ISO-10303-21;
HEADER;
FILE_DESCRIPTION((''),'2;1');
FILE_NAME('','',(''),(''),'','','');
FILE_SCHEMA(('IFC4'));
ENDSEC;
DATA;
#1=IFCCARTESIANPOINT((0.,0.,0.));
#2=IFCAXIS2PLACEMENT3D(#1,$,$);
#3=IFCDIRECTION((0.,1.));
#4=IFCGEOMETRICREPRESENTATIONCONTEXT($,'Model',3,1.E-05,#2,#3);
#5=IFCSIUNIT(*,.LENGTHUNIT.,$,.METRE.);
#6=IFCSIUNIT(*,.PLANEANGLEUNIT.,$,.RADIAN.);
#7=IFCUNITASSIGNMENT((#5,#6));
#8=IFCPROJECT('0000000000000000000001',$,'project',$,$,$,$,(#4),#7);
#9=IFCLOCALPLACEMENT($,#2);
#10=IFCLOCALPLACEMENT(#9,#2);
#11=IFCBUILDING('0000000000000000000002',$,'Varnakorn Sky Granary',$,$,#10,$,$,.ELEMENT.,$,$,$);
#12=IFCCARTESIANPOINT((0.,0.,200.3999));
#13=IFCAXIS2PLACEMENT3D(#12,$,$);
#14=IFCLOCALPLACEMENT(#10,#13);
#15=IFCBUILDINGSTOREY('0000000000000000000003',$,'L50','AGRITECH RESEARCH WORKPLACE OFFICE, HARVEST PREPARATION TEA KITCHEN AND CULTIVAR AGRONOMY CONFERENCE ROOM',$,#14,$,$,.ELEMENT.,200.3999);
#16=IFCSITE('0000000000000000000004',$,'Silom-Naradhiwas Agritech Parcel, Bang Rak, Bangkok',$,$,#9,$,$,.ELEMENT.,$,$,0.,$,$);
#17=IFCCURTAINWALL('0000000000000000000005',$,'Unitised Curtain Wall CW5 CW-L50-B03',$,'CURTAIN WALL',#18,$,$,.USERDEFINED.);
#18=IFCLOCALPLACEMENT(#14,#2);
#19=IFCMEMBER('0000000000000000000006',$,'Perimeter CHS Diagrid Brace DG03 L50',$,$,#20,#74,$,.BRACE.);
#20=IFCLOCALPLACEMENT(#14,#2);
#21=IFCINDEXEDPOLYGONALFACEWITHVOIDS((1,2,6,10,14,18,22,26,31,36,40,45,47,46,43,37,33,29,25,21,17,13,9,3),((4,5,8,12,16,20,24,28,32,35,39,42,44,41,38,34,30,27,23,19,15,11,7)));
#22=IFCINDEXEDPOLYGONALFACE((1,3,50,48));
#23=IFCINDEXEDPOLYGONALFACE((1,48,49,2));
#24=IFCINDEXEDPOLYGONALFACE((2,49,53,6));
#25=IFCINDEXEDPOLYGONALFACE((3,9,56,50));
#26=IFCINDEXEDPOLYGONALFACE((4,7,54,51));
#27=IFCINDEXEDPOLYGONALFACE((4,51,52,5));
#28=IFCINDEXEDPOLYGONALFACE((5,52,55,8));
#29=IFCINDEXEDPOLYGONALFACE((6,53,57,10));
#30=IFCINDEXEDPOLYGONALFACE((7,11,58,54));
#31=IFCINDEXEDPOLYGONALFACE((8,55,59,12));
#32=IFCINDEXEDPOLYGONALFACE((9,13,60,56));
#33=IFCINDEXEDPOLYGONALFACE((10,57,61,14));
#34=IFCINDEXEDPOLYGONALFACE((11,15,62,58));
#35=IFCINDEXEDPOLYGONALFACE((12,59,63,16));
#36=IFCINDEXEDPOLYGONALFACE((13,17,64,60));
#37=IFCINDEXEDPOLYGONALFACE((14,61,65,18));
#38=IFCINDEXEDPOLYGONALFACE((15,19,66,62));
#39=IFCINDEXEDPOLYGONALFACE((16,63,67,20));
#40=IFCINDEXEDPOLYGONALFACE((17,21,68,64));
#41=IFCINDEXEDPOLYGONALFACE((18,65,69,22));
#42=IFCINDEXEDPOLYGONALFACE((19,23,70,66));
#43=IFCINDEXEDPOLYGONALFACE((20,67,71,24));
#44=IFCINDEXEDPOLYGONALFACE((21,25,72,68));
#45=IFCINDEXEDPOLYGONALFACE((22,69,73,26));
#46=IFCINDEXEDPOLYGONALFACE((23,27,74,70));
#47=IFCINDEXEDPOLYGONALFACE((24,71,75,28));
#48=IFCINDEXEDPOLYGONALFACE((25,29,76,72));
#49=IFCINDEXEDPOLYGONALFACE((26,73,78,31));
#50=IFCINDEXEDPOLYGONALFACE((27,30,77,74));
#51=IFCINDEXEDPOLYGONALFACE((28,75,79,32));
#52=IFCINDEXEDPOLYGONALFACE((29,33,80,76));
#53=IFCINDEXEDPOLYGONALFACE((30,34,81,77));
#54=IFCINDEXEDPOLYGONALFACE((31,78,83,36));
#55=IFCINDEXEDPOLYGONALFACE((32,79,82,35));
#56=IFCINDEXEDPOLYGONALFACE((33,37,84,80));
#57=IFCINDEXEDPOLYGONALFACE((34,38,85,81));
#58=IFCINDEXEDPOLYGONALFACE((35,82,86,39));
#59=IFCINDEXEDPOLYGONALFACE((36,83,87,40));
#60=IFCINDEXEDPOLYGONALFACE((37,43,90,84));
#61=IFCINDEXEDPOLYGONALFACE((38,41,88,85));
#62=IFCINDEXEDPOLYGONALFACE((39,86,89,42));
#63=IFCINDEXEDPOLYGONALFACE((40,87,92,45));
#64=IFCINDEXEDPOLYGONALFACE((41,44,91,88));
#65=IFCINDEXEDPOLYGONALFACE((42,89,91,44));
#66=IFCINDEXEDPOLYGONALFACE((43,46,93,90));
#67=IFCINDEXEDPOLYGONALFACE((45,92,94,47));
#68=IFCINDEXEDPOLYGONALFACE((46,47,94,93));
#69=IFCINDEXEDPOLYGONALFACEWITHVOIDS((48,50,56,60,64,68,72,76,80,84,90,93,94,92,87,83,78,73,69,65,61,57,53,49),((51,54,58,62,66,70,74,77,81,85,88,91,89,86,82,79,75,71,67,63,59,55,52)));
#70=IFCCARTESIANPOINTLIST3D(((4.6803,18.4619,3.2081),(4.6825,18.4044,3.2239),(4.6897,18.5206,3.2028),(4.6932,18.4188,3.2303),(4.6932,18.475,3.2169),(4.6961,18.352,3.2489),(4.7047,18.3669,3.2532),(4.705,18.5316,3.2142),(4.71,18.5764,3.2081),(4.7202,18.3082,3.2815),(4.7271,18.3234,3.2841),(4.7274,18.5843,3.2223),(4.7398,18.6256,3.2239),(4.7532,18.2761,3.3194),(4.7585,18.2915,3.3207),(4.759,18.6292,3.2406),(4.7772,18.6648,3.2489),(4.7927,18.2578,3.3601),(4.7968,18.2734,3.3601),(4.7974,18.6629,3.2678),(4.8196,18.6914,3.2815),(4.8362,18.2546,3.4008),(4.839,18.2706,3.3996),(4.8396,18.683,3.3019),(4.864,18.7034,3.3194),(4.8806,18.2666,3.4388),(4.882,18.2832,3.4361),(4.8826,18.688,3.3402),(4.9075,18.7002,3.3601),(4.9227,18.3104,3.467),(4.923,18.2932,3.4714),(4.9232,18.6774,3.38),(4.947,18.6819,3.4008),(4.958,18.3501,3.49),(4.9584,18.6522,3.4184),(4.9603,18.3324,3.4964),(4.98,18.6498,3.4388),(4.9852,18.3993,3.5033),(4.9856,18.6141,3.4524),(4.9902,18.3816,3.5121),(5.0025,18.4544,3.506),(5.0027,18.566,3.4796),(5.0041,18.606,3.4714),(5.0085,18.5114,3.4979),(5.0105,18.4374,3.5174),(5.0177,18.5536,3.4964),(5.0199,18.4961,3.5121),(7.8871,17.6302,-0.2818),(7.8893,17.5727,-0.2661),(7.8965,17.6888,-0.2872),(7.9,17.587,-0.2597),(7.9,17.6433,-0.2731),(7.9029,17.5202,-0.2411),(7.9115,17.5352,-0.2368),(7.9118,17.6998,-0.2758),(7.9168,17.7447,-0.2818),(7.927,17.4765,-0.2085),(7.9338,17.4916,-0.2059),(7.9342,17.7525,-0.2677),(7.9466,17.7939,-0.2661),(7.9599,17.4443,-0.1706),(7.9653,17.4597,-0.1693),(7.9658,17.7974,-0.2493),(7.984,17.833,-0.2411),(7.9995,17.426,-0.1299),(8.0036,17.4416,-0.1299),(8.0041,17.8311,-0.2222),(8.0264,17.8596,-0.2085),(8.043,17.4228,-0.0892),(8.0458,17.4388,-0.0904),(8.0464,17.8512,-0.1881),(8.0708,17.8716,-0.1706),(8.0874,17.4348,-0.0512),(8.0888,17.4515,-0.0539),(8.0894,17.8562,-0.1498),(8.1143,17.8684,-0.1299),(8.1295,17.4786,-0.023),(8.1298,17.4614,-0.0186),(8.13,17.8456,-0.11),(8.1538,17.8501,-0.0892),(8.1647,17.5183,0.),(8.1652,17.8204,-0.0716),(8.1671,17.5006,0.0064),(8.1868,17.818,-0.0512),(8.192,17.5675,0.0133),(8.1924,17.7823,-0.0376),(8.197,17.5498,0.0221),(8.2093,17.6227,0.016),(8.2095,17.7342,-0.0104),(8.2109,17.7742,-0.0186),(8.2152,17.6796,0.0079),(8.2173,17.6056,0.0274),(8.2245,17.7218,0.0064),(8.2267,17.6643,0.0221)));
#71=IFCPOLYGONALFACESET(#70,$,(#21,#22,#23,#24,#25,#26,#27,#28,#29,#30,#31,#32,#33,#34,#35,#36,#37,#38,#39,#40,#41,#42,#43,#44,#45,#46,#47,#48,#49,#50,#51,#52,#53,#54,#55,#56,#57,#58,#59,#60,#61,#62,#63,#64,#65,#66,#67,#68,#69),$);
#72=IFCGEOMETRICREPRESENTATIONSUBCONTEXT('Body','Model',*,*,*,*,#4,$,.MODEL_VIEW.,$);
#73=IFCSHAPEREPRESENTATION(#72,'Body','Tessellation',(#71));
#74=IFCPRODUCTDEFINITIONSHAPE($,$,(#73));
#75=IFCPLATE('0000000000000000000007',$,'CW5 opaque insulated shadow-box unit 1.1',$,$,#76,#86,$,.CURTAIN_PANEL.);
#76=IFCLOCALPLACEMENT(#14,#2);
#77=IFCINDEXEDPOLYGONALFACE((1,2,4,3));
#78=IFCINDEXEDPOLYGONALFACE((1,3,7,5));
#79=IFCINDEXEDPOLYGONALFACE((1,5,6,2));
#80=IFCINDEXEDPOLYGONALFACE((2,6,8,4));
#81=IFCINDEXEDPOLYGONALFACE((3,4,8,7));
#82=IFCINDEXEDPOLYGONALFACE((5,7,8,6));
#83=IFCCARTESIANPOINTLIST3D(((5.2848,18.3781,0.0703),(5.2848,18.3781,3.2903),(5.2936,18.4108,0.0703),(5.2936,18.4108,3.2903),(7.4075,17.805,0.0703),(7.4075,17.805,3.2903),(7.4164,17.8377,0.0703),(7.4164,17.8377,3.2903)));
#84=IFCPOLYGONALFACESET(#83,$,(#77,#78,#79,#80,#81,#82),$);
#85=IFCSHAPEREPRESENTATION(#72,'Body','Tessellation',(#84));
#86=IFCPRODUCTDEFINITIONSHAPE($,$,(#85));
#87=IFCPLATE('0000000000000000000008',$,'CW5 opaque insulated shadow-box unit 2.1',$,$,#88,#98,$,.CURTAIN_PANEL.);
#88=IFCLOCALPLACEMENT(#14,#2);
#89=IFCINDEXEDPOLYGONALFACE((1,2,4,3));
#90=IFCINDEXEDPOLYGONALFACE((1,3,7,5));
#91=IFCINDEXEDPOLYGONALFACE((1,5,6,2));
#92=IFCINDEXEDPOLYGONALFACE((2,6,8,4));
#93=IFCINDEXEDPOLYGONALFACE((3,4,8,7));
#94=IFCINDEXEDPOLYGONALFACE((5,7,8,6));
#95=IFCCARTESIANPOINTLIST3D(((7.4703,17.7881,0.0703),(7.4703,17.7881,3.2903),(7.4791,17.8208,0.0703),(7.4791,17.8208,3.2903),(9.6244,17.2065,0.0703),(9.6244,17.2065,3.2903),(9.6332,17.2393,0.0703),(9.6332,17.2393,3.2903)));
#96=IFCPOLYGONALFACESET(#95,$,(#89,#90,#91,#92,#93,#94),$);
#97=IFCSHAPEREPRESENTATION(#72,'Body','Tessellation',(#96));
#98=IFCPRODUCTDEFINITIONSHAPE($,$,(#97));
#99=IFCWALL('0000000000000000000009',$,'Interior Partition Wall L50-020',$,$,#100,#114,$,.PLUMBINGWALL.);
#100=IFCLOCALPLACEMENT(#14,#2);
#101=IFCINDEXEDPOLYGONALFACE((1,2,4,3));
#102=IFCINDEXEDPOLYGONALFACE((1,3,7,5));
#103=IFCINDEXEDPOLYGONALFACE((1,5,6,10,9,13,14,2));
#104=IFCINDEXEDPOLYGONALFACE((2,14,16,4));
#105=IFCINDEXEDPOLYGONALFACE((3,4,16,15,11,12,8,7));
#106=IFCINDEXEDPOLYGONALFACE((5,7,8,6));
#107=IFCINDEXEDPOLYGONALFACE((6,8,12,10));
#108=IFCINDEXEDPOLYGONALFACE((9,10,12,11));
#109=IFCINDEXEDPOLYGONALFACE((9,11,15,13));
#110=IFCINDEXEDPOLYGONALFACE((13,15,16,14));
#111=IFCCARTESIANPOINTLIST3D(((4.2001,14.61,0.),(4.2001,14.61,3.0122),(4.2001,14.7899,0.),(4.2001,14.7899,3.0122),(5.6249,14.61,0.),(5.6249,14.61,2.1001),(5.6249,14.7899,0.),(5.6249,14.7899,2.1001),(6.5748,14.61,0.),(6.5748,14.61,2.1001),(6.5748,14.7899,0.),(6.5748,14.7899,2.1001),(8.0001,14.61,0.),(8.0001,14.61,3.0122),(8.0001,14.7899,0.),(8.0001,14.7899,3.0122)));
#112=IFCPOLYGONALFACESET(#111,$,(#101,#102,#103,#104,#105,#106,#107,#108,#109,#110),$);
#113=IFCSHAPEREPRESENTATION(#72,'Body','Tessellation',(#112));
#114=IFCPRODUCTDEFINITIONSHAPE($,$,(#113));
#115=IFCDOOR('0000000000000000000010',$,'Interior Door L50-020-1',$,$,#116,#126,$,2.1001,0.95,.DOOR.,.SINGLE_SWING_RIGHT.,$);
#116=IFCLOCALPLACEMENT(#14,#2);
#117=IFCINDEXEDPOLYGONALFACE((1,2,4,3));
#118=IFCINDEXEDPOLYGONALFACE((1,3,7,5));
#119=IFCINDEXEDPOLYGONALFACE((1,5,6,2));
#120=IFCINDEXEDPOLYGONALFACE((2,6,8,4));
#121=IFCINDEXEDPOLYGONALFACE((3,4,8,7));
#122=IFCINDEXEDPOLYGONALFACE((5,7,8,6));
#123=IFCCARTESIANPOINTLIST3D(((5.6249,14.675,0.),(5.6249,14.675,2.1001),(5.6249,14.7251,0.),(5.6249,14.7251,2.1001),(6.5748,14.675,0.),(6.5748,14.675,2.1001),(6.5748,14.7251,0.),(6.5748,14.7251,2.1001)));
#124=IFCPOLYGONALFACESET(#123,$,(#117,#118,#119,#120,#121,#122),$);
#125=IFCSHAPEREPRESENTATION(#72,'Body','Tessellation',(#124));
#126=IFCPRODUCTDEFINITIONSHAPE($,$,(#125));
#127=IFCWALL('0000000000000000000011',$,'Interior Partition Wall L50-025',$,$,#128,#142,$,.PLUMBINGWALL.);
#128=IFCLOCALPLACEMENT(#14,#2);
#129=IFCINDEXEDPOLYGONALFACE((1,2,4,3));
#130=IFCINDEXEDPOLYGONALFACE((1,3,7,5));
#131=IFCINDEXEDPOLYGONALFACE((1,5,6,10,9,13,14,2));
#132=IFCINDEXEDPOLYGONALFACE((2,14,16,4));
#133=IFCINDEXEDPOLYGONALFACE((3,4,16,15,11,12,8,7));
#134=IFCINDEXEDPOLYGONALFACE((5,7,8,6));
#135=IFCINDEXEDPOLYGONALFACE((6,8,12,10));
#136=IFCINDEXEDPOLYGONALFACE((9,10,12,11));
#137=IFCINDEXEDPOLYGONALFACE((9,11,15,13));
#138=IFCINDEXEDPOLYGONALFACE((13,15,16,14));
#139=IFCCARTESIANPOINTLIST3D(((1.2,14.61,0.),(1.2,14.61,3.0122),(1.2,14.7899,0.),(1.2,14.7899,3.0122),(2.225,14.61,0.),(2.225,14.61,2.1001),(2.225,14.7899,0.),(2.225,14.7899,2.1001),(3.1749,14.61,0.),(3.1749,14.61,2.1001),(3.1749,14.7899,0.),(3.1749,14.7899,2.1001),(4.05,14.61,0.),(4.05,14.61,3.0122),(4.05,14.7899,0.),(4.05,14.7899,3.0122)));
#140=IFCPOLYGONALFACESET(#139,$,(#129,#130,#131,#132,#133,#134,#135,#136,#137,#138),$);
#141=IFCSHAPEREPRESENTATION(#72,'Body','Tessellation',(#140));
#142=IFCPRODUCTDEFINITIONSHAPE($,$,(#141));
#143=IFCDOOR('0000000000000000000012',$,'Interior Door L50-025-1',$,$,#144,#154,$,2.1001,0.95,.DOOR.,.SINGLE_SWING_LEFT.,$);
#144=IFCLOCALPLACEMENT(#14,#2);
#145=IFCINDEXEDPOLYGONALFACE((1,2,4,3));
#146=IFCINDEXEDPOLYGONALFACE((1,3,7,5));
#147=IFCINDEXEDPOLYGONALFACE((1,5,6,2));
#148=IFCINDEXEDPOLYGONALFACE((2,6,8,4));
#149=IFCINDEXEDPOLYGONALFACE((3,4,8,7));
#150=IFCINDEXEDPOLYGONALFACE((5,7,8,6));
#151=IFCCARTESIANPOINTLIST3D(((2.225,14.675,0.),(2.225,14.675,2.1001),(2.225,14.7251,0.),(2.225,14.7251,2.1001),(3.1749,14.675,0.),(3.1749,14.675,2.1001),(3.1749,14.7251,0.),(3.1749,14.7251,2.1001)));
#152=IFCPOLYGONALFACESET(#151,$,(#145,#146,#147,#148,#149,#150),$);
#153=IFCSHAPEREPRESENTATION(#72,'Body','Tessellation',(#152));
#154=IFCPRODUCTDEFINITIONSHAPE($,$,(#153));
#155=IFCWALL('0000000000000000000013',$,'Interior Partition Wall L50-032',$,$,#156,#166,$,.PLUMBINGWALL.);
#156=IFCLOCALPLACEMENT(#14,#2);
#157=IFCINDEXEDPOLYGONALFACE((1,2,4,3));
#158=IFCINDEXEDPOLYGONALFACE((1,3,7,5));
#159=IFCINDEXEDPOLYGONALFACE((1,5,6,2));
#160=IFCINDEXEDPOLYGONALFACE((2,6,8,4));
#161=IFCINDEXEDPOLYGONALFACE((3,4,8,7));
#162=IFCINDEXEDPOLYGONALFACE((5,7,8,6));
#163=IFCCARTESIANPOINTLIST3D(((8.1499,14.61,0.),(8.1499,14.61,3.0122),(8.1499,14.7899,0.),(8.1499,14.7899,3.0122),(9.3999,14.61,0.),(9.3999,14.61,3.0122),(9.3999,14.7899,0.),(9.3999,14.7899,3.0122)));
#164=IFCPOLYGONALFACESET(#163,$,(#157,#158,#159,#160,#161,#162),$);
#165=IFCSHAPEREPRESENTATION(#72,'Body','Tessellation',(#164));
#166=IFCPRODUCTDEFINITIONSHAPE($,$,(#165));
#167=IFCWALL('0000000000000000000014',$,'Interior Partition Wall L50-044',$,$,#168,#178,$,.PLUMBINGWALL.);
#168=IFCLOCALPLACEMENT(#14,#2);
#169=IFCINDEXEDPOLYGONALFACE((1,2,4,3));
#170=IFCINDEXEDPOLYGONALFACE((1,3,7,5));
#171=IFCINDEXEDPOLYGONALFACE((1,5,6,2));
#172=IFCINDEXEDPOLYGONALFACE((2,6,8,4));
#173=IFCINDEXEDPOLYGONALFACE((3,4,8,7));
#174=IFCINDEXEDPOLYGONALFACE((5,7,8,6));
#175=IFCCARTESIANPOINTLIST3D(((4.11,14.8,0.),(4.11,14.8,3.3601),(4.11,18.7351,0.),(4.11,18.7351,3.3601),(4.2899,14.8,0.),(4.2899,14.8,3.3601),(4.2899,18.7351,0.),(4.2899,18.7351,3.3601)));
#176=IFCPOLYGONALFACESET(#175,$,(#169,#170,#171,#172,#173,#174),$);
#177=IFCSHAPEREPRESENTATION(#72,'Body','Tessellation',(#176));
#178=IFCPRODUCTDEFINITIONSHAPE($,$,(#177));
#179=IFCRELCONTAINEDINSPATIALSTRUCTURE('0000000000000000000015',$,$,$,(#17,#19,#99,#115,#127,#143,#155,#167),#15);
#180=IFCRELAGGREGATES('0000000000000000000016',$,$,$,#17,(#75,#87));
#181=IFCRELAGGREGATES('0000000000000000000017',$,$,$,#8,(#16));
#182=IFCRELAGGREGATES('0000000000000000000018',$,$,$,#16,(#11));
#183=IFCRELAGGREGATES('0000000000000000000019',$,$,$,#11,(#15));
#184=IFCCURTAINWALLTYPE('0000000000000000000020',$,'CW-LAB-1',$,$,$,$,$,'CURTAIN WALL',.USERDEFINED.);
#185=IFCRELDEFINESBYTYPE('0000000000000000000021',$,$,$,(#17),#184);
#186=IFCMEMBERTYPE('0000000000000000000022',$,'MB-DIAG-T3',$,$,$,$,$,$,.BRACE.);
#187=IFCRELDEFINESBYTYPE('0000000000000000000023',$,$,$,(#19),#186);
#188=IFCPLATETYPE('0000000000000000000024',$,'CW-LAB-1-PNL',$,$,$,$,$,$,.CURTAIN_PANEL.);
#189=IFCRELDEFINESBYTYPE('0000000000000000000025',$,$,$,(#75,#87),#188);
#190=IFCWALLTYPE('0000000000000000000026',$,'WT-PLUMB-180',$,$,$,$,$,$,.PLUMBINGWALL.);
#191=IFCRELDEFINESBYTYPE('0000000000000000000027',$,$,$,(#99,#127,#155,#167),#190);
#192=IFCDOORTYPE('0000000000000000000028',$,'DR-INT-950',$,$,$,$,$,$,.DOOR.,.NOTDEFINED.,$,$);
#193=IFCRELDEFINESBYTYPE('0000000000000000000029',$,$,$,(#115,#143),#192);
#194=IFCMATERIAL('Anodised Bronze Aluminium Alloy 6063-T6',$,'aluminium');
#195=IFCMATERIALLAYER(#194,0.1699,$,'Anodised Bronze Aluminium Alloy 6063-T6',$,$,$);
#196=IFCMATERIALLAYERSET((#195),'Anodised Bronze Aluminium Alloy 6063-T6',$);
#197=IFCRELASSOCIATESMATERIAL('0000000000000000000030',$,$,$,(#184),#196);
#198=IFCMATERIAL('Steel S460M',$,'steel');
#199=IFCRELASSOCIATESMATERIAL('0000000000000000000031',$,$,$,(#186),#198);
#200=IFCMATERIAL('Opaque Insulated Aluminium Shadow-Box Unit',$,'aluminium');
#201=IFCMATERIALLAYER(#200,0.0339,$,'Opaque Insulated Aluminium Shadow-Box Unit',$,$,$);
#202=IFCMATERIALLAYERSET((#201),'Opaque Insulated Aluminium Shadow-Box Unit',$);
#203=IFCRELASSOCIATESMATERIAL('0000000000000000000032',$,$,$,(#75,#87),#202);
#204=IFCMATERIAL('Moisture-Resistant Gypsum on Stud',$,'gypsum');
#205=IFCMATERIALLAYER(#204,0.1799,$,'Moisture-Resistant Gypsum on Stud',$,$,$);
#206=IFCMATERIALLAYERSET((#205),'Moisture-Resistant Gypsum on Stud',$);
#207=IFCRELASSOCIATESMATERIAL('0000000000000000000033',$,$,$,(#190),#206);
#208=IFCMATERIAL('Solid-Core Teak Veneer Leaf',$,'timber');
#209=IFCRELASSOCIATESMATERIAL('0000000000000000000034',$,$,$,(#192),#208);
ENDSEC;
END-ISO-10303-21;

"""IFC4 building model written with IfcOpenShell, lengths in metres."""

from ifc_helpers import new_model, si_unit, direction, frame, frame_2d, origin, origin_2d, place, context, subcontext, project, spatial, rectangle, hollow_circle, extrude, source, transform, mapped, material, layer, layer_set, material_profile, profile_set, type_object, type_shapes, element, fill, aggregate, save


model = new_model("IFC4")

# Units and contexts
model_context = context("Model", 3, precision=1e-05, world=origin(), true_north=direction((0.0, 1.0)))
body_context = subcontext(model_context, "Body", "Model", "MODEL_VIEW")
ifc_project = project(units=[si_unit("LENGTHUNIT", "METRE"), si_unit("PLANEANGLEUNIT", "RADIAN")], contexts=[model_context])

# Site, building, storey
site_placement = place(None, origin())
site = spatial("IfcSite", under=ifc_project, at=site_placement, Name="Silom-Naradhiwas Agritech Parcel, Bang Rak, Bangkok", CompositionType="ELEMENT", RefElevation=0.0)
building_placement = place(site_placement, origin())
building = spatial("IfcBuilding", under=site, at=building_placement, Name="Varnakorn Sky Granary", CompositionType="ELEMENT")
storey_placement = place(building_placement, frame((0.0, 0.0, 200.3999)))
storey = spatial("IfcBuildingStorey", under=building, at=storey_placement, Name="L50", Description="AGRITECH RESEARCH WORKPLACE OFFICE, HARVEST PREPARATION TEA KITCHEN AND CULTIVAR AGRONOMY CONFERENCE ROOM", CompositionType="ELEMENT", Elevation=200.3999)

# Shared definitions
ifc_material_1 = material(Name="Steel S460M", Category="steel")

# Curtain wall
ifc_material_2 = material(Name="Anodised Bronze Aluminium Alloy 6063-T6", Category="aluminium")
ifc_layer_1 = layer(ifc_material_2, 0.1699, Name="Anodised Bronze Aluminium Alloy 6063-T6")
ifc_layer_set_1 = layer_set([ifc_layer_1], Name="Anodised Bronze Aluminium Alloy 6063-T6")
curtain_wall_type = type_object("IfcCurtainWallType", Name="CW-LAB-1", ElementType="CURTAIN WALL", PredefinedType="USERDEFINED", material=ifc_layer_set_1)
curtain_wall_1_placement = place(storey_placement, origin())
curtain_wall_1 = element("IfcCurtainWall", 1, at=curtain_wall_1_placement, inside=storey, type_object=curtain_wall_type, Name="Unitised Curtain Wall CW5 CW-L50-B03", ObjectType="CURTAIN WALL", PredefinedType="USERDEFINED")

# Member
ifc_material_profile_1 = material_profile(ifc_material_1, hollow_circle(Radius=0.2285, WallThickness=0.0161, at=origin_2d()), Name="CHS 457x16")
ifc_profile_set_1 = profile_set([ifc_material_profile_1], Name="Steel S460M")
member_type_1 = type_object("IfcMemberType", Name="MB-DIAG-T3", PredefinedType="BRACE", material=ifc_profile_set_1)
member_1_placement = place(storey_placement, frame((8.0569, 17.6472, -0.1299), z_axis=(-0.666414, 0.172857, 0.725267), x_axis=(-0.251075, -0.967968, 0.0)))
element("IfcMember", 2, at=member_1_placement, inside=storey, type_object=member_type_1, Name="Perimeter CHS Diagrid Brace DG03 L50", PredefinedType="BRACE", context=body_context, shape_type="SweptSolid", body=[
    extrude(hollow_circle(Radius=0.2285, WallThickness=0.0161, at=origin_2d()), origin(), (0.0, 0.0, 1.0), 4.812),
])

# Plates
ifc_material_3 = material(Name="Opaque Insulated Aluminium Shadow-Box Unit", Category="aluminium")
ifc_layer_2 = layer(ifc_material_3, 0.0339, Name="Opaque Insulated Aluminium Shadow-Box Unit")
ifc_layer_set_2 = layer_set([ifc_layer_2], Name="Opaque Insulated Aluminium Shadow-Box Unit")
plate_type = type_object("IfcPlateType", Name="CW-LAB-1-PNL", PredefinedType="CURTAIN_PANEL")
shared_shape_1 = source(origin(), body_context, "Body", "SweptSolid", [
    extrude(rectangle(XDim=2.1987, YDim=0.0339, at=origin_2d()), origin(), (0.0, 0.0, 1.0), 3.22),
])
plate_1_placement = place(storey_placement, frame((6.3506, 18.1079, 0.0703), z_axis=(0.0, 0.0, 1.0), x_axis=(0.965435, -0.260643, 0.0)))
plate_1 = element("IfcPlate", 3, at=plate_1_placement, type_object=plate_type, material=ifc_layer_set_2, Name="CW5 opaque insulated shadow-box unit 1.1", PredefinedType="CURTAIN_PANEL", context=body_context, shape_type="MappedRepresentation", body=[
    mapped(shared_shape_1, transform((0.0, 0.0, 0.0), x_axis=(1.0, 0.0, 0.0), y_axis=(0.0, 1.0, 0.0), z_axis=(0.0, 0.0, 1.0), scale=1.0)),
])
shared_shape_2 = source(origin(), body_context, "Body", "SweptSolid", [
    extrude(rectangle(XDim=2.2312, YDim=0.0339, at=origin_2d()), origin(), (0.0, 0.0, 1.0), 3.22),
])
type_shapes(plate_type, [shared_shape_1, shared_shape_2])
plate_2_placement = place(storey_placement, frame((8.5518, 17.5137, 0.0703), z_axis=(0.0, 0.0, 1.0), x_axis=(0.965435, -0.260643, 0.0)))
plate_2 = element("IfcPlate", 4, at=plate_2_placement, type_object=plate_type, material=ifc_layer_set_2, Name="CW5 opaque insulated shadow-box unit 2.1", PredefinedType="CURTAIN_PANEL", context=body_context, shape_type="MappedRepresentation", body=[
    mapped(shared_shape_2, transform((0.0, 0.0, 0.0), x_axis=(1.0, 0.0, 0.0), y_axis=(0.0, 1.0, 0.0), z_axis=(0.0, 0.0, 1.0), scale=1.0)),
])
aggregate(curtain_wall_1, [plate_1, plate_2])

# Walls, openings, doors
ifc_material_4 = material(Name="Moisture-Resistant Gypsum on Stud", Category="gypsum")
ifc_layer_3 = layer(ifc_material_4, 0.1799, Name="Moisture-Resistant Gypsum on Stud")
ifc_layer_set_3 = layer_set([ifc_layer_3], Name="Moisture-Resistant Gypsum on Stud")
wall_type = type_object("IfcWallType", Name="WT-PLUMB-180", PredefinedType="PLUMBINGWALL", material=ifc_layer_set_3)
wall_1_placement = place(storey_placement, frame((8.0, 14.7, 0.0), z_axis=(0.0, 0.0, 1.0), x_axis=(-1.0, 0.0, 0.0)))
wall_1 = element("IfcWall", 5, at=wall_1_placement, inside=storey, type_object=wall_type, Name="Interior Partition Wall L50-020", PredefinedType="PLUMBINGWALL", context=body_context, shape_type="SweptSolid", body=[
    extrude(rectangle(XDim=3.8, YDim=0.1799, at=frame_2d((1.8999, 0.0))), origin(), (0.0, 0.0, 1.0), 3.0122),
])
opening_1_placement = place(wall_1_placement, frame((1.425, 0.0, 0.0)))
opening_1 = element("IfcOpeningElement", 6, at=opening_1_placement, cuts=wall_1, PredefinedType="OPENING", context=body_context, shape_type="SweptSolid", body=[
    extrude(rectangle(XDim=0.95, YDim=2.1001, at=frame_2d((0.4751, 1.05))), frame((0.0, 0.1001, 0.0), z_axis=(0.0, -1.0, 0.0), x_axis=(1.0, 0.0, 0.0)), (0.0, 0.0, 1.0), 0.2),
])
ifc_material_5 = material(Name="Solid-Core Teak Veneer Leaf", Category="timber")
door_type = type_object("IfcDoorType", Name="DR-INT-950", OperationType="NOTDEFINED", PredefinedType="DOOR", material=ifc_material_5)
door_1_placement = place(opening_1_placement, origin())
door_1 = element("IfcDoor", 7, at=door_1_placement, inside=storey, type_object=door_type, Name="Interior Door L50-020-1", OperationType="SINGLE_SWING_RIGHT", OverallHeight=2.1001, OverallWidth=0.95, PredefinedType="DOOR", context=body_context, shape_type="SweptSolid", body=[
    extrude(rectangle(XDim=0.95, YDim=2.1001, at=frame_2d((0.4751, 1.05))), frame((0.0, 0.0249, 0.0), z_axis=(0.0, -1.0, 0.0), x_axis=(1.0, 0.0, 0.0)), (0.0, 0.0, 1.0), 0.05),
])
fill(opening_1, door_1)
wall_2_placement = place(storey_placement, frame((4.05, 14.7, 0.0), z_axis=(0.0, 0.0, 1.0), x_axis=(-1.0, 0.0, 0.0)))
wall_2 = element("IfcWall", 8, at=wall_2_placement, inside=storey, type_object=wall_type, Name="Interior Partition Wall L50-025", PredefinedType="PLUMBINGWALL", context=body_context, shape_type="SweptSolid", body=[
    extrude(rectangle(XDim=2.8501, YDim=0.1799, at=frame_2d((1.425, 0.0))), origin(), (0.0, 0.0, 1.0), 3.0122),
])
opening_2_placement = place(wall_2_placement, frame((0.875, 0.0, 0.0)))
opening_2 = element("IfcOpeningElement", 9, at=opening_2_placement, cuts=wall_2, PredefinedType="OPENING", context=body_context, shape_type="SweptSolid", body=[
    extrude(rectangle(XDim=0.95, YDim=2.1001, at=frame_2d((0.4751, 1.05))), frame((0.0, 0.1001, 0.0), z_axis=(0.0, -1.0, 0.0), x_axis=(1.0, 0.0, 0.0)), (0.0, 0.0, 1.0), 0.2),
])
door_2_placement = place(opening_2_placement, origin())
door_2 = element("IfcDoor", 10, at=door_2_placement, inside=storey, type_object=door_type, Name="Interior Door L50-025-1", OperationType="SINGLE_SWING_LEFT", OverallHeight=2.1001, OverallWidth=0.95, PredefinedType="DOOR", context=body_context, shape_type="SweptSolid", body=[
    extrude(rectangle(XDim=0.95, YDim=2.1001, at=frame_2d((0.4751, 1.05))), frame((0.0, 0.0249, 0.0), z_axis=(0.0, -1.0, 0.0), x_axis=(1.0, 0.0, 0.0)), (0.0, 0.0, 1.0), 0.05),
])
fill(opening_2, door_2)

# Walls
wall_3_placement = place(storey_placement, frame((9.3999, 14.7, 0.0), z_axis=(0.0, 0.0, 1.0), x_axis=(-1.0, 0.0, 0.0)))
element("IfcWall", 11, at=wall_3_placement, inside=storey, type_object=wall_type, Name="Interior Partition Wall L50-032", PredefinedType="PLUMBINGWALL", context=body_context, shape_type="SweptSolid", body=[
    extrude(rectangle(XDim=1.25, YDim=0.1799, at=frame_2d((0.625, 0.0))), origin(), (0.0, 0.0, 1.0), 3.0122),
])
wall_4_placement = place(storey_placement, frame((4.2, 18.7351, 0.0), z_axis=(0.0, 0.0, 1.0), x_axis=(0.0, -1.0, 0.0)))
element("IfcWall", 12, at=wall_4_placement, inside=storey, type_object=wall_type, Name="Interior Partition Wall L50-044", PredefinedType="PLUMBINGWALL", context=body_context, shape_type="SweptSolid", body=[
    extrude(rectangle(XDim=3.9351, YDim=0.1799, at=frame_2d((1.9675, 0.0))), origin(), (0.0, 0.0, 1.0), 3.3601),
])

save(model, "model.ifc")
